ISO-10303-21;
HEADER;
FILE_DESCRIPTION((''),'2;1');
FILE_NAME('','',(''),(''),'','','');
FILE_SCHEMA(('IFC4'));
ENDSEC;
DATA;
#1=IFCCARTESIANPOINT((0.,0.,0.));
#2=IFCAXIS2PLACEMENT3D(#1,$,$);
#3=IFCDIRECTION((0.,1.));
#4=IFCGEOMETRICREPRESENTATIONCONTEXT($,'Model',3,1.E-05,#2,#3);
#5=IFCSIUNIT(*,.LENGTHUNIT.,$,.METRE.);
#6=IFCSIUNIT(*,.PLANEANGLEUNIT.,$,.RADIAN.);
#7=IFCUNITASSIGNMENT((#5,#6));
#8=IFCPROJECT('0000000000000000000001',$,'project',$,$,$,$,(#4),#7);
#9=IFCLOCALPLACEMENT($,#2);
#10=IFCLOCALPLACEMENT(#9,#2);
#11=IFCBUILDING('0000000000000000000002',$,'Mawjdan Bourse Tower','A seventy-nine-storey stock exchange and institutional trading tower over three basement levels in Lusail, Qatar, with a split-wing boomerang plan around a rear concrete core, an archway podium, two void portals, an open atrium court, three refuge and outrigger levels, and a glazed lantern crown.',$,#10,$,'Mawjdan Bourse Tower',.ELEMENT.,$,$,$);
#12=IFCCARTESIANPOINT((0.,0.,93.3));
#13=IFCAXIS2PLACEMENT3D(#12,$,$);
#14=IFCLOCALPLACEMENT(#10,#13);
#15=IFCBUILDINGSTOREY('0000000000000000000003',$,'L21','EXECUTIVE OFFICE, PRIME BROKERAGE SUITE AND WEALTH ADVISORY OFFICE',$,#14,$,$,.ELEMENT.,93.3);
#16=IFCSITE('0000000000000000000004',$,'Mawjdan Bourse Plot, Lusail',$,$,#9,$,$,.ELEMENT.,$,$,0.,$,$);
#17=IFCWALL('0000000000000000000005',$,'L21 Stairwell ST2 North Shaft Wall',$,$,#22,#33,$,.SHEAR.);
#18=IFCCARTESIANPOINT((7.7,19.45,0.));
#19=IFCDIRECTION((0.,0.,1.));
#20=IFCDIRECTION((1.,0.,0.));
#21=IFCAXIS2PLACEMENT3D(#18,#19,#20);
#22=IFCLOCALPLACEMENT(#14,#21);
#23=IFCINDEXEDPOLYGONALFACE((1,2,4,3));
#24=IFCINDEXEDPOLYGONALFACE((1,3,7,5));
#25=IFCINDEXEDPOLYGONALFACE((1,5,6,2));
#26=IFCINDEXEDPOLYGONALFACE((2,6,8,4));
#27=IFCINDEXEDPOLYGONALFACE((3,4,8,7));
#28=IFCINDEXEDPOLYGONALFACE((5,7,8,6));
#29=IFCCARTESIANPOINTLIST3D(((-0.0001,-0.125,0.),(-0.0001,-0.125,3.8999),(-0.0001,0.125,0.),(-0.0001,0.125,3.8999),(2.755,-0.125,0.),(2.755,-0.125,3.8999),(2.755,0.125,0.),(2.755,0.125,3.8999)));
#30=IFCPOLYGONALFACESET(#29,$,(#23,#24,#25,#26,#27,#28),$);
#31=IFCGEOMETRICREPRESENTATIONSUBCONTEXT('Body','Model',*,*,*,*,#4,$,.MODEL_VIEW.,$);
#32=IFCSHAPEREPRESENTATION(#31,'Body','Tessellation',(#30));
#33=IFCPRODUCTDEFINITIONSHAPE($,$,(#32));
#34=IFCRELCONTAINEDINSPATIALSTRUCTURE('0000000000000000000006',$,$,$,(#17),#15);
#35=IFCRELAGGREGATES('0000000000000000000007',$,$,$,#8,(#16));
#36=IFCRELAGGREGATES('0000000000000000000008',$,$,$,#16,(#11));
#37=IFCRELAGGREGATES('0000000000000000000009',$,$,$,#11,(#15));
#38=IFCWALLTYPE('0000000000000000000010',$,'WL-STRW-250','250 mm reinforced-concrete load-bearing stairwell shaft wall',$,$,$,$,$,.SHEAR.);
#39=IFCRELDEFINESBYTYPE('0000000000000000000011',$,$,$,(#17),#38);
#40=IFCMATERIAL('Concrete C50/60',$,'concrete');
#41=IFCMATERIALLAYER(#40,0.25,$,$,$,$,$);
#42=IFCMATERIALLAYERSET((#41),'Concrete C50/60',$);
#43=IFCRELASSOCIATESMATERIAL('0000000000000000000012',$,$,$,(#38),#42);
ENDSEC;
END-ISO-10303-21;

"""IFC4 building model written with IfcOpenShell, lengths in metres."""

from ifc_helpers import new_model, si_unit, direction, frame, frame_2d, origin, place, context, subcontext, project, spatial, rectangle, extrude, material, layer, layer_set, type_object, element, save


model = new_model("IFC4")

# Units and contexts
model_context = context("Model", 3, precision=1e-05, world=origin(), true_north=direction((0.0, 1.0)))
body_context = subcontext(model_context, "Body", "Model", "MODEL_VIEW")
ifc_project = project(units=[si_unit("LENGTHUNIT", "METRE"), si_unit("PLANEANGLEUNIT", "RADIAN")], contexts=[model_context])

# Site, building, storey
site_placement = place(None, origin())
site = spatial("IfcSite", under=ifc_project, at=site_placement, Name="Mawjdan Bourse Plot, Lusail", CompositionType="ELEMENT", RefElevation=0.0)
building_placement = place(site_placement, origin())
building = spatial("IfcBuilding", under=site, at=building_placement, Name="Mawjdan Bourse Tower", Description="A seventy-nine-storey stock exchange and institutional trading tower over three basement levels in Lusail, Qatar, with a split-wing boomerang plan around a rear concrete core, an archway podium, two void portals, an open atrium court, three refuge and outrigger levels, and a glazed lantern crown.", LongName="Mawjdan Bourse Tower", CompositionType="ELEMENT")
storey_placement = place(building_placement, frame((0.0, 0.0, 93.3)))
storey = spatial("IfcBuildingStorey", under=building, at=storey_placement, Name="L21", Description="EXECUTIVE OFFICE, PRIME BROKERAGE SUITE AND WEALTH ADVISORY OFFICE", CompositionType="ELEMENT", Elevation=93.3)

# Wall
ifc_material_1 = material(Name="Concrete C50/60", Category="concrete")
ifc_layer_1 = layer(ifc_material_1, 0.25)
ifc_layer_set_1 = layer_set([ifc_layer_1], Name="Concrete C50/60")
wall_type_1 = type_object("IfcWallType", Name="WL-STRW-250", Description="250 mm reinforced-concrete load-bearing stairwell shaft wall", PredefinedType="SHEAR", material=ifc_layer_set_1)
wall_1_placement = place(storey_placement, frame((7.7, 19.45, 0.0), z_axis=(0.0, 0.0, 1.0), x_axis=(1.0, 0.0, 0.0)))
element("IfcWall", 1, at=wall_1_placement, inside=storey, type_object=wall_type_1, Name="L21 Stairwell ST2 North Shaft Wall", PredefinedType="SHEAR", context=body_context, shape_type="SweptSolid", body=[
    extrude(rectangle(XDim=2.7551, YDim=0.25, at=frame_2d((1.3774, 0.0))), origin(), (0.0, 0.0, 1.0), 3.8999),
])

save(model, "model.ifc")
